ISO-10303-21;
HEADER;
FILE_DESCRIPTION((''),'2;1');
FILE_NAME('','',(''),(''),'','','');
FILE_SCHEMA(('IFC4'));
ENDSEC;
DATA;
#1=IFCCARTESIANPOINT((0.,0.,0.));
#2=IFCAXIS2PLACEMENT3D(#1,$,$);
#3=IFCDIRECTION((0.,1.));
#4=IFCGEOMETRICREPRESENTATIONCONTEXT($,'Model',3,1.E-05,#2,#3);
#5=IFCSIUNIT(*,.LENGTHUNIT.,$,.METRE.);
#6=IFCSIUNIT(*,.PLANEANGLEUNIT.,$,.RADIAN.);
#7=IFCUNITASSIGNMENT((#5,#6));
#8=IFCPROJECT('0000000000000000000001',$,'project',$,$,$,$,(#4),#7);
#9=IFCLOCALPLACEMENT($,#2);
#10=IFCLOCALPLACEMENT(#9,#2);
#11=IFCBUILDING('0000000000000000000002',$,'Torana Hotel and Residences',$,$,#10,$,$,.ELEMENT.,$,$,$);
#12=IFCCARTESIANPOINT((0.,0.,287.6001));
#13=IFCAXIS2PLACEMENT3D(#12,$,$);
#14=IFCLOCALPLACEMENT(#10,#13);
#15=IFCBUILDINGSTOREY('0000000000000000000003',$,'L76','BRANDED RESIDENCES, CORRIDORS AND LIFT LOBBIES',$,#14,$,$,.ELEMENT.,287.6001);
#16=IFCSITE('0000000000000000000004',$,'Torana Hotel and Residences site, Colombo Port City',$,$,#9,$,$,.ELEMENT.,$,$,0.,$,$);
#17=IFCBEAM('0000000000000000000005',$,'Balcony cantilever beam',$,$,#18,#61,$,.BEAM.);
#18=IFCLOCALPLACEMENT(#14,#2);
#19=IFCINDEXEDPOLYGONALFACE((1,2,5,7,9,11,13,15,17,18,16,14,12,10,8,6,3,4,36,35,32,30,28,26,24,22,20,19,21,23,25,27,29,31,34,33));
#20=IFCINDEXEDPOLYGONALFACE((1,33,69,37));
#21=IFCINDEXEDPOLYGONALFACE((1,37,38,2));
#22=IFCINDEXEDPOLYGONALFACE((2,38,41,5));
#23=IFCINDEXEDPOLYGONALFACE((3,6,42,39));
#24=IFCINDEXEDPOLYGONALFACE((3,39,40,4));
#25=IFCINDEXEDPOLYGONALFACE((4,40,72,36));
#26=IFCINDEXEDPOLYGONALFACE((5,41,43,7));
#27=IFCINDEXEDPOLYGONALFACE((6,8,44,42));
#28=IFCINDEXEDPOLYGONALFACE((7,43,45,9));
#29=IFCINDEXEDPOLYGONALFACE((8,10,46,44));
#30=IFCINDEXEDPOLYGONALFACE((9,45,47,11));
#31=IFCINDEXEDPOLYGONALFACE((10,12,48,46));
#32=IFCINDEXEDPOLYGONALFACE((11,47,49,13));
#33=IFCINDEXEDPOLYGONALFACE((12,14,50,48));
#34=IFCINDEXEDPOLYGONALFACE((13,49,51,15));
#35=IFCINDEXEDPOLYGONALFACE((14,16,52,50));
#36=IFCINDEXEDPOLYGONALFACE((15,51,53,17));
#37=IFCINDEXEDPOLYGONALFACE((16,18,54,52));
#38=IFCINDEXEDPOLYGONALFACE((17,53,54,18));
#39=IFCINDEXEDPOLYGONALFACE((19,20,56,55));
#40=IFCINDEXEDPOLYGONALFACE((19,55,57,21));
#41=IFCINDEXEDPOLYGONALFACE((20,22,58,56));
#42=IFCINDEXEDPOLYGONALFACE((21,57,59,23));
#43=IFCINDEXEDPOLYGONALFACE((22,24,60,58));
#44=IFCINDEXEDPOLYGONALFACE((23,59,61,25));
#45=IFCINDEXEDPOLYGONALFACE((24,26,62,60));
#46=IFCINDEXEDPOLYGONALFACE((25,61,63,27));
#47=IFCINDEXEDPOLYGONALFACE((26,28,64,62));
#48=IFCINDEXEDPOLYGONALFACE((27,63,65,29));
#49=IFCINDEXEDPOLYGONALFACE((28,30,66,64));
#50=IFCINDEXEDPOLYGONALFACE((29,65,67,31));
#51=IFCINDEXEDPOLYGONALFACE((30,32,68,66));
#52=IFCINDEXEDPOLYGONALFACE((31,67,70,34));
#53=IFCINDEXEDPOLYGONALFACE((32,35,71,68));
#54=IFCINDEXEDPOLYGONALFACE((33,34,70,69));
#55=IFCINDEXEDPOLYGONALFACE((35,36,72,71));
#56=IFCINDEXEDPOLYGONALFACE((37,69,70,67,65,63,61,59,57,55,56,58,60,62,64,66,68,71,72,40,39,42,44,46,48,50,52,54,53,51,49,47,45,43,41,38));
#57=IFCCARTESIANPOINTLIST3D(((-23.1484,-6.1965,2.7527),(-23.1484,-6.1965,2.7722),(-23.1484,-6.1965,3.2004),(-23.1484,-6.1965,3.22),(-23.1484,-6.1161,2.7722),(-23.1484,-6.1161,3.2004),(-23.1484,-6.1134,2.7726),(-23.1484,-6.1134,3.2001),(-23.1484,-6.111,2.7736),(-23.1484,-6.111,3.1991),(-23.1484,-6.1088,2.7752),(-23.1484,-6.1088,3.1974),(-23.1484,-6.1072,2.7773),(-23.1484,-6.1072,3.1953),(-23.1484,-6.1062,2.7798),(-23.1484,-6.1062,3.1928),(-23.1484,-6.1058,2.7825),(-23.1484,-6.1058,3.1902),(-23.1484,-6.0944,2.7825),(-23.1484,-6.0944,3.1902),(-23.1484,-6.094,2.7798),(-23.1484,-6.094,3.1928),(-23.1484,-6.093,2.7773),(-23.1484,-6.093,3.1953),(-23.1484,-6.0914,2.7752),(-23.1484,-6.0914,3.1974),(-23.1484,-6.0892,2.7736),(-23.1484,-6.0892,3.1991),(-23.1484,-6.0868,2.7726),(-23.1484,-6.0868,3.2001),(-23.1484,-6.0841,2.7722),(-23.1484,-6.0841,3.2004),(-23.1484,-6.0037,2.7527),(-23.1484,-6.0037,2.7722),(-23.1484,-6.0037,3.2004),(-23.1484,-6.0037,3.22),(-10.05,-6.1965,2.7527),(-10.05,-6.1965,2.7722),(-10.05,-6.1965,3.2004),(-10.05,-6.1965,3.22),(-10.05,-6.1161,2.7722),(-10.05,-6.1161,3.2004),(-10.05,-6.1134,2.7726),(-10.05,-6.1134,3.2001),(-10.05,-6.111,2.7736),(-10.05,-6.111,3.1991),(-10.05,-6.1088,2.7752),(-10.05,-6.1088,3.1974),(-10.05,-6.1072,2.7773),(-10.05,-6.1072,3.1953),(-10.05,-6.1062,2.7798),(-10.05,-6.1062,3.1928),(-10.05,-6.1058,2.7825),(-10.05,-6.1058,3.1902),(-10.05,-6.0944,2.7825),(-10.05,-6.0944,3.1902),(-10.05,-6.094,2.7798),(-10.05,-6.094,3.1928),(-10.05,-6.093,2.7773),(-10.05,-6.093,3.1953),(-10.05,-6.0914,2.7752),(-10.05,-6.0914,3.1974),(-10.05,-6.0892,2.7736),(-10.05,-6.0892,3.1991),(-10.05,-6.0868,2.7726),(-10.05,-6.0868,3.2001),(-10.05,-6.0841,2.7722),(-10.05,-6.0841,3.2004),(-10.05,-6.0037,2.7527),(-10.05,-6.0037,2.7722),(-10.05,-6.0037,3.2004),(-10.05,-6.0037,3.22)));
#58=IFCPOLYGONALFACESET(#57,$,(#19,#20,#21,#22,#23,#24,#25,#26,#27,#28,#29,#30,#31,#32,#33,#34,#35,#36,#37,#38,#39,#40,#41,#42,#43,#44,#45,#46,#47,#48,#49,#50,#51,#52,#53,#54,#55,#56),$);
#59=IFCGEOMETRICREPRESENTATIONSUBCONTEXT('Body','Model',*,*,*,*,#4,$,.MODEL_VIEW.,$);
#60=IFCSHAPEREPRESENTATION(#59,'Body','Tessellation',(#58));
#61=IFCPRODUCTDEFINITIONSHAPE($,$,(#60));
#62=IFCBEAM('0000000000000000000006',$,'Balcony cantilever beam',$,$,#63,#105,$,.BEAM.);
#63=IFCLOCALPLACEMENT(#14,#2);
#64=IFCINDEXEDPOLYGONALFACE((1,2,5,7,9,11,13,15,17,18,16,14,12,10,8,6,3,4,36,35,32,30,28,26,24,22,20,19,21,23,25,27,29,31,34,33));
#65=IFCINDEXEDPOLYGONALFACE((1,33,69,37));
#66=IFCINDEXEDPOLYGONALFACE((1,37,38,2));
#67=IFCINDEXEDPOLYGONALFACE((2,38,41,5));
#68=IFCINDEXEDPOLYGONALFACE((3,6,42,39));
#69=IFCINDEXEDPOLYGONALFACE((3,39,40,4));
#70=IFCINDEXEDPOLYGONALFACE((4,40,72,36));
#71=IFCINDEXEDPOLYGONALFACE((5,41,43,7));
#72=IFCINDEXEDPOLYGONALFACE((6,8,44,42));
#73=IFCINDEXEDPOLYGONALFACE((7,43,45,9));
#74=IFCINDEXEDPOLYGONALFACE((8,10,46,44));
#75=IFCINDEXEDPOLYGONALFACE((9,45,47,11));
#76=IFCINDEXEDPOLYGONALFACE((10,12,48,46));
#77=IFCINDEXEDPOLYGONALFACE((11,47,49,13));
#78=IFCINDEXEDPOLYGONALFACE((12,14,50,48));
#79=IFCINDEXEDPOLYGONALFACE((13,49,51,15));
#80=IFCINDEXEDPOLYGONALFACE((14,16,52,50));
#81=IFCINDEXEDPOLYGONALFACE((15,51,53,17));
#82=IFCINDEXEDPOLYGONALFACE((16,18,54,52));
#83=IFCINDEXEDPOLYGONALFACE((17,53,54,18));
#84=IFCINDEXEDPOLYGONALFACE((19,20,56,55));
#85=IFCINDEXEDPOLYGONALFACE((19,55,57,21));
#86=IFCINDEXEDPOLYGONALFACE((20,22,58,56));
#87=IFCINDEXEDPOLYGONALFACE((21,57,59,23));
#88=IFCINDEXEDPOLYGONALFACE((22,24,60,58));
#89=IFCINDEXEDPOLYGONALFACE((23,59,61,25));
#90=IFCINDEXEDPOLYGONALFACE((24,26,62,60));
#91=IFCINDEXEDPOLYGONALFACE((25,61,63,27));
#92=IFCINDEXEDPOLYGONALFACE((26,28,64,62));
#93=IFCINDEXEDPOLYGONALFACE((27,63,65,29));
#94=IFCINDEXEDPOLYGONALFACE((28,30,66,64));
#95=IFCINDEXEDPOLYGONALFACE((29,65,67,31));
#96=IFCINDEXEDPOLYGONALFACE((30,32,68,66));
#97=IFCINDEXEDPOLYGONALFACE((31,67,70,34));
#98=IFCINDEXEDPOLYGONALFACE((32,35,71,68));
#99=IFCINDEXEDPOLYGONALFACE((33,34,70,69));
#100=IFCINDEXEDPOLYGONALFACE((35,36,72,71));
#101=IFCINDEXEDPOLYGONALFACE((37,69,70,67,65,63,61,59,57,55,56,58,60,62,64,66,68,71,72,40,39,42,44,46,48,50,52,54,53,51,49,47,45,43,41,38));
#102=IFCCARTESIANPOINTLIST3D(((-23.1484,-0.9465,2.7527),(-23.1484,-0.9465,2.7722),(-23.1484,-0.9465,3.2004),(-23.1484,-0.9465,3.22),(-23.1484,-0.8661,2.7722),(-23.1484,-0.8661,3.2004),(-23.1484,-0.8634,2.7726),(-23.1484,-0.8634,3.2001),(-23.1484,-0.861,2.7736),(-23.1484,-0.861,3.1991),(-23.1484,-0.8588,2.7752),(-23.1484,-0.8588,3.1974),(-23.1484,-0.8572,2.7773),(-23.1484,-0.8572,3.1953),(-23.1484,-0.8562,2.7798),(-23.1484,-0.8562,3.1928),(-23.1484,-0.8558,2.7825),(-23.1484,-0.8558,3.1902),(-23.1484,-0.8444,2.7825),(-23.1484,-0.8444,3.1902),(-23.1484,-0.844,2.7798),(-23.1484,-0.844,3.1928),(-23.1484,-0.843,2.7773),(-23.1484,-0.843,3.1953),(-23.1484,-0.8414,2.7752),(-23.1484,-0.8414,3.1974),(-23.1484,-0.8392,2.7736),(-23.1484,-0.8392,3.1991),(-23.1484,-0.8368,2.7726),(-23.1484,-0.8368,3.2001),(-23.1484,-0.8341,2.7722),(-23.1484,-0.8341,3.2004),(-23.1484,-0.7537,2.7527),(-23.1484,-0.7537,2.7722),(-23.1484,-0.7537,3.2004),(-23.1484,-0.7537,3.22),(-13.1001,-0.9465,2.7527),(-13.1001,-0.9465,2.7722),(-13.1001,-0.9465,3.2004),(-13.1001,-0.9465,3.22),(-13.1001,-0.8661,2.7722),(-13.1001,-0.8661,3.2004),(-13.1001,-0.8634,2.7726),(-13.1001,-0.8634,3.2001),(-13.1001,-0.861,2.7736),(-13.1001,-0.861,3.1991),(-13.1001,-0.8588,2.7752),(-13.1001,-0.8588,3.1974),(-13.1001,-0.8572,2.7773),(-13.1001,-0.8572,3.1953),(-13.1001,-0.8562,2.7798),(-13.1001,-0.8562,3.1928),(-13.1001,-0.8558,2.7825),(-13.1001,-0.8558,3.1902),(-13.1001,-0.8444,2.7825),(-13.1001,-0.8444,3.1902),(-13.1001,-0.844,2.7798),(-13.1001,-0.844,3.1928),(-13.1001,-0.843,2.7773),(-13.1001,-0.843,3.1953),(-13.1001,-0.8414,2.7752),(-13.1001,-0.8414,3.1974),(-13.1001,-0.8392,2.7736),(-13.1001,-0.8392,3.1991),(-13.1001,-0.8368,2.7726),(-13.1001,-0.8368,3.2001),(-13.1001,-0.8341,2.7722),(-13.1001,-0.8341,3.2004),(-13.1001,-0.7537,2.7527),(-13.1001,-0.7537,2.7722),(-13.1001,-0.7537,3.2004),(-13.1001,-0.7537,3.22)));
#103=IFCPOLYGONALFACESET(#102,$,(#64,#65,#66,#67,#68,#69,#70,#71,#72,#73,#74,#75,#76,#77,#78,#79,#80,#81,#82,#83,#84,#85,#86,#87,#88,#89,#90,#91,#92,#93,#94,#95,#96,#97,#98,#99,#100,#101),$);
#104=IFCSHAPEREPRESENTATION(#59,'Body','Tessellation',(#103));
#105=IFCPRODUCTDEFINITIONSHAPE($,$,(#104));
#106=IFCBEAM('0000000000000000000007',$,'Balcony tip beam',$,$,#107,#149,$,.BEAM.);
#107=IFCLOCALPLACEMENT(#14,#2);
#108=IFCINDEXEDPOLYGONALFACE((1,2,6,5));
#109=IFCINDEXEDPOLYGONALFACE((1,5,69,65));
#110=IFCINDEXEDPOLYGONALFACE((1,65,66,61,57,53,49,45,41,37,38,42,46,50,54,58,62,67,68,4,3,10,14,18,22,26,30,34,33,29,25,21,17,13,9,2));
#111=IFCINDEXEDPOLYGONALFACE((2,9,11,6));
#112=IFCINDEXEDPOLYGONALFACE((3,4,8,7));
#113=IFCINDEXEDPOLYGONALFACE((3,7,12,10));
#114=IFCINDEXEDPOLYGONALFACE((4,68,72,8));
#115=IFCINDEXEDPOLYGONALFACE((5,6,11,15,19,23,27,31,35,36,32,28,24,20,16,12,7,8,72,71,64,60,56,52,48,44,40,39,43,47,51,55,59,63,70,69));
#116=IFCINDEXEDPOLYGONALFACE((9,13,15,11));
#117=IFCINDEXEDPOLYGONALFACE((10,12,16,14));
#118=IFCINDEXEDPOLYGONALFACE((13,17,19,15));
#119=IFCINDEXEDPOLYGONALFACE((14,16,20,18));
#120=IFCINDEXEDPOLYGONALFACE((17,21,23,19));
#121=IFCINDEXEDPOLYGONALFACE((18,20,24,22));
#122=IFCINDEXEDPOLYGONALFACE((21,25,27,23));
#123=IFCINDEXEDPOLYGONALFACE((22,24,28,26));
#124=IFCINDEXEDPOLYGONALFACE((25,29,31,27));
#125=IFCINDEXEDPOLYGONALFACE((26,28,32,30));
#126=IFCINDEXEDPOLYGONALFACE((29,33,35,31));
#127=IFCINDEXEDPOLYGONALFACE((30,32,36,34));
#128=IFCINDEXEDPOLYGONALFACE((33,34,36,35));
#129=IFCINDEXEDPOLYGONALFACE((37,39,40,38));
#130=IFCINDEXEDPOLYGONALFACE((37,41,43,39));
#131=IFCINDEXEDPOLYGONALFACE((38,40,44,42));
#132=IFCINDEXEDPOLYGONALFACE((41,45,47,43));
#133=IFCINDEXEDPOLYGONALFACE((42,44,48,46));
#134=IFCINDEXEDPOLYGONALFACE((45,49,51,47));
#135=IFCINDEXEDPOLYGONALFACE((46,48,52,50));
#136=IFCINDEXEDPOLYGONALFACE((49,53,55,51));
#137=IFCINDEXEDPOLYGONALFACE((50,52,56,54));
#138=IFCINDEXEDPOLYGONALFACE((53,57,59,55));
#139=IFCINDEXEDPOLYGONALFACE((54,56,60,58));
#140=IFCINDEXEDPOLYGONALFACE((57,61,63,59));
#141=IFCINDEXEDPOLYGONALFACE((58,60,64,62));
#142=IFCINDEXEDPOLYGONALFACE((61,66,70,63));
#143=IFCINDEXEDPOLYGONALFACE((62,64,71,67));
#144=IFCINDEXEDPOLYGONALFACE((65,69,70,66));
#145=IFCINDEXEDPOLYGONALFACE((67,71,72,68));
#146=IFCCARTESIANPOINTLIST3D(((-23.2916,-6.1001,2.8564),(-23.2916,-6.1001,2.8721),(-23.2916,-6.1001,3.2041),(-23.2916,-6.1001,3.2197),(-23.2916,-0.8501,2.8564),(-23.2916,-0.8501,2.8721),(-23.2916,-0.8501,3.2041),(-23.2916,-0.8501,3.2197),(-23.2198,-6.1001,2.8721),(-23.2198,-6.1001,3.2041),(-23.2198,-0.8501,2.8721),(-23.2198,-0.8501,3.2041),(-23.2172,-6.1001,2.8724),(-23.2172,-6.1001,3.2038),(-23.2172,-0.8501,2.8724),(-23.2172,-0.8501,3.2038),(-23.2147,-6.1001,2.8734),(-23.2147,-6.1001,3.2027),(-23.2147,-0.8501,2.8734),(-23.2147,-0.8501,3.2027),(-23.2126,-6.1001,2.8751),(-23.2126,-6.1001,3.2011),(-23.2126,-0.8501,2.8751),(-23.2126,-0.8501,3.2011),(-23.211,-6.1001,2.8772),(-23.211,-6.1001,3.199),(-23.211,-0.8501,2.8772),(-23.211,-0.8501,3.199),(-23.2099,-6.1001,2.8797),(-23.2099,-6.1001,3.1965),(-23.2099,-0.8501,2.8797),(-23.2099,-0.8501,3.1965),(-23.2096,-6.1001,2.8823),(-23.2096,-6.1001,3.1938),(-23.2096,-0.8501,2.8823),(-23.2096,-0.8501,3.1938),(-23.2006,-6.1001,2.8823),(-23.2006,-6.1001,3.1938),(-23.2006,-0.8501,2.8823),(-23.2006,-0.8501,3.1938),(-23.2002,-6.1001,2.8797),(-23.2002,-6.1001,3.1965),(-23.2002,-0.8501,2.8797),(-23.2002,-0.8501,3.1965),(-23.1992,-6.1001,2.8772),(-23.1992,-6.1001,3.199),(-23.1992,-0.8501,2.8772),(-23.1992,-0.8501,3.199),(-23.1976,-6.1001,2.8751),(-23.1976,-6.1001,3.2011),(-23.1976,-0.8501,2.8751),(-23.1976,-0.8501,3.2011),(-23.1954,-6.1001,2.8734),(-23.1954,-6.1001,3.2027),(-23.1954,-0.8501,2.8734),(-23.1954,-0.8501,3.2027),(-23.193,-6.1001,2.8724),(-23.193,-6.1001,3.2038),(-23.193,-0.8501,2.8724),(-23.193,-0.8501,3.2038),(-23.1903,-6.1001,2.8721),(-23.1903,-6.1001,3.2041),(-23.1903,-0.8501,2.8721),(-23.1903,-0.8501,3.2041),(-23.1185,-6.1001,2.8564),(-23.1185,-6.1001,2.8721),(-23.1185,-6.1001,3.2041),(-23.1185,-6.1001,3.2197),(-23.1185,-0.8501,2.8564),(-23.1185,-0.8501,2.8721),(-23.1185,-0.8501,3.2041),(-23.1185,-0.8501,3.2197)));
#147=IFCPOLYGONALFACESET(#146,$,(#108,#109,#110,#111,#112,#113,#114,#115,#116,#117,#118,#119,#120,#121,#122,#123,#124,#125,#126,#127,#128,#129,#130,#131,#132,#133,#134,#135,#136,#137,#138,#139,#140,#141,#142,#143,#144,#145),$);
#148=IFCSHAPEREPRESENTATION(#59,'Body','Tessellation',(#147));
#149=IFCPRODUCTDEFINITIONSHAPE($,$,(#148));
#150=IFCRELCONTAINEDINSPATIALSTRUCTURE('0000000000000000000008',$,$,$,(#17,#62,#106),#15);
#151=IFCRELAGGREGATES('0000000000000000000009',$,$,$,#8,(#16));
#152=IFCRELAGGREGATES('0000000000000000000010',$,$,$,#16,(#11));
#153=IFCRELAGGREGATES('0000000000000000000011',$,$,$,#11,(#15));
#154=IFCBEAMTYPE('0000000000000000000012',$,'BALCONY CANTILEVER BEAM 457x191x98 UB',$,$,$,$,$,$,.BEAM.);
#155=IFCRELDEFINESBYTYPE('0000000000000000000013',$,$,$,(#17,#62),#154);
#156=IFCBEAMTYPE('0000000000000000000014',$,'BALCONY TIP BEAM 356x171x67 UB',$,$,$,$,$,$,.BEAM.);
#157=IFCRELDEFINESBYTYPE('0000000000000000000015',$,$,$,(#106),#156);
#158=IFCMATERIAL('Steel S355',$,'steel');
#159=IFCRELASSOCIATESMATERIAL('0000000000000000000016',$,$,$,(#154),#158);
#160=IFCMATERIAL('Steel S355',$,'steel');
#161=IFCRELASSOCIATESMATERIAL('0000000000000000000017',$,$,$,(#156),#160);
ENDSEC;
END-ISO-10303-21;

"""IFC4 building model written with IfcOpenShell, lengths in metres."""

from ifc_helpers import new_model, si_unit, direction, frame, origin, origin_2d, place, context, subcontext, project, spatial, i_section, extrude, material, material_profile, profile_set, type_object, element, save


model = new_model("IFC4")

# Units and contexts
model_context = context("Model", 3, precision=1e-05, world=origin(), true_north=direction((0.0, 1.0)))
body_context = subcontext(model_context, "Body", "Model", "MODEL_VIEW")
ifc_project = project(units=[si_unit("LENGTHUNIT", "METRE"), si_unit("PLANEANGLEUNIT", "RADIAN")], contexts=[model_context])

# Site, building, storey
site_placement = place(None, origin())
site = spatial("IfcSite", under=ifc_project, at=site_placement, Name="Torana Hotel and Residences site, Colombo Port City", CompositionType="ELEMENT", RefElevation=0.0)
building_placement = place(site_placement, origin())
building = spatial("IfcBuilding", under=site, at=building_placement, Name="Torana Hotel and Residences", CompositionType="ELEMENT")
storey_placement = place(building_placement, frame((0.0, 0.0, 287.6001)))
storey = spatial("IfcBuildingStorey", under=building, at=storey_placement, Name="L76", Description="BRANDED RESIDENCES, CORRIDORS AND LIFT LOBBIES", CompositionType="ELEMENT", Elevation=287.6001)

# Beams
ifc_material_1 = material(Name="Steel S355", Category="steel")
ifc_material_profile_1 = material_profile(ifc_material_1, i_section(OverallWidth=0.1929, OverallDepth=0.4673, WebThickness=0.0115, FlangeThickness=0.0195, FilletRadius=0.0103, at=origin_2d()), Name="457x191x98 UB")
ifc_profile_set_1 = profile_set([ifc_material_profile_1], Name="Steel S355")
beam_type_1 = type_object("IfcBeamType", Name="BALCONY CANTILEVER BEAM 457x191x98 UB", PredefinedType="BEAM", material=ifc_profile_set_1)
beam_1_placement = place(storey_placement, frame((-23.1484, -6.1001, 2.9863), z_axis=(1.0, 0.0, 0.0), x_axis=(0.0, 1.0, 0.0)))
element("IfcBeam", 1, at=beam_1_placement, inside=storey, type_object=beam_type_1, Name="Balcony cantilever beam", PredefinedType="BEAM", context=body_context, shape_type="SweptSolid", body=[
    extrude(i_section(OverallWidth=0.1929, OverallDepth=0.4673, WebThickness=0.0115, FlangeThickness=0.0195, FilletRadius=0.0103, at=origin_2d()), origin(), (0.0, 0.0, 1.0), 13.0984),
])
beam_2_placement = place(storey_placement, frame((-23.1484, -0.8501, 2.9863), z_axis=(1.0, 0.0, 0.0), x_axis=(0.0, 1.0, 0.0)))
element("IfcBeam", 2, at=beam_2_placement, inside=storey, type_object=beam_type_1, Name="Balcony cantilever beam", PredefinedType="BEAM", context=body_context, shape_type="SweptSolid", body=[
    extrude(i_section(OverallWidth=0.1929, OverallDepth=0.4673, WebThickness=0.0115, FlangeThickness=0.0195, FilletRadius=0.0103, at=origin_2d()), origin(), (0.0, 0.0, 1.0), 10.0483),
])
ifc_material_2 = material(Name="Steel S355", Category="steel")
ifc_material_profile_2 = material_profile(ifc_material_2, i_section(OverallWidth=0.1731, OverallDepth=0.3633, WebThickness=0.009, FlangeThickness=0.0156, FilletRadius=0.0103, at=origin_2d()), Name="356x171x67 UB")
ifc_profile_set_2 = profile_set([ifc_material_profile_2], Name="Steel S355")
beam_type_2 = type_object("IfcBeamType", Name="BALCONY TIP BEAM 356x171x67 UB", PredefinedType="BEAM", material=ifc_profile_set_2)
beam_3_placement = place(storey_placement, frame((-23.2051, -6.1001, 3.0381), z_axis=(0.0, 1.0, 0.0), x_axis=(-1.0, 0.0, 0.0)))
element("IfcBeam", 3, at=beam_3_placement, inside=storey, type_object=beam_type_2, Name="Balcony tip beam", PredefinedType="BEAM", context=body_context, shape_type="SweptSolid", body=[
    extrude(i_section(OverallWidth=0.1731, OverallDepth=0.3633, WebThickness=0.009, FlangeThickness=0.0156, FilletRadius=0.0103, at=origin_2d()), origin(), (0.0, 0.0, 1.0), 5.25),
])

save(model, "model.ifc")
